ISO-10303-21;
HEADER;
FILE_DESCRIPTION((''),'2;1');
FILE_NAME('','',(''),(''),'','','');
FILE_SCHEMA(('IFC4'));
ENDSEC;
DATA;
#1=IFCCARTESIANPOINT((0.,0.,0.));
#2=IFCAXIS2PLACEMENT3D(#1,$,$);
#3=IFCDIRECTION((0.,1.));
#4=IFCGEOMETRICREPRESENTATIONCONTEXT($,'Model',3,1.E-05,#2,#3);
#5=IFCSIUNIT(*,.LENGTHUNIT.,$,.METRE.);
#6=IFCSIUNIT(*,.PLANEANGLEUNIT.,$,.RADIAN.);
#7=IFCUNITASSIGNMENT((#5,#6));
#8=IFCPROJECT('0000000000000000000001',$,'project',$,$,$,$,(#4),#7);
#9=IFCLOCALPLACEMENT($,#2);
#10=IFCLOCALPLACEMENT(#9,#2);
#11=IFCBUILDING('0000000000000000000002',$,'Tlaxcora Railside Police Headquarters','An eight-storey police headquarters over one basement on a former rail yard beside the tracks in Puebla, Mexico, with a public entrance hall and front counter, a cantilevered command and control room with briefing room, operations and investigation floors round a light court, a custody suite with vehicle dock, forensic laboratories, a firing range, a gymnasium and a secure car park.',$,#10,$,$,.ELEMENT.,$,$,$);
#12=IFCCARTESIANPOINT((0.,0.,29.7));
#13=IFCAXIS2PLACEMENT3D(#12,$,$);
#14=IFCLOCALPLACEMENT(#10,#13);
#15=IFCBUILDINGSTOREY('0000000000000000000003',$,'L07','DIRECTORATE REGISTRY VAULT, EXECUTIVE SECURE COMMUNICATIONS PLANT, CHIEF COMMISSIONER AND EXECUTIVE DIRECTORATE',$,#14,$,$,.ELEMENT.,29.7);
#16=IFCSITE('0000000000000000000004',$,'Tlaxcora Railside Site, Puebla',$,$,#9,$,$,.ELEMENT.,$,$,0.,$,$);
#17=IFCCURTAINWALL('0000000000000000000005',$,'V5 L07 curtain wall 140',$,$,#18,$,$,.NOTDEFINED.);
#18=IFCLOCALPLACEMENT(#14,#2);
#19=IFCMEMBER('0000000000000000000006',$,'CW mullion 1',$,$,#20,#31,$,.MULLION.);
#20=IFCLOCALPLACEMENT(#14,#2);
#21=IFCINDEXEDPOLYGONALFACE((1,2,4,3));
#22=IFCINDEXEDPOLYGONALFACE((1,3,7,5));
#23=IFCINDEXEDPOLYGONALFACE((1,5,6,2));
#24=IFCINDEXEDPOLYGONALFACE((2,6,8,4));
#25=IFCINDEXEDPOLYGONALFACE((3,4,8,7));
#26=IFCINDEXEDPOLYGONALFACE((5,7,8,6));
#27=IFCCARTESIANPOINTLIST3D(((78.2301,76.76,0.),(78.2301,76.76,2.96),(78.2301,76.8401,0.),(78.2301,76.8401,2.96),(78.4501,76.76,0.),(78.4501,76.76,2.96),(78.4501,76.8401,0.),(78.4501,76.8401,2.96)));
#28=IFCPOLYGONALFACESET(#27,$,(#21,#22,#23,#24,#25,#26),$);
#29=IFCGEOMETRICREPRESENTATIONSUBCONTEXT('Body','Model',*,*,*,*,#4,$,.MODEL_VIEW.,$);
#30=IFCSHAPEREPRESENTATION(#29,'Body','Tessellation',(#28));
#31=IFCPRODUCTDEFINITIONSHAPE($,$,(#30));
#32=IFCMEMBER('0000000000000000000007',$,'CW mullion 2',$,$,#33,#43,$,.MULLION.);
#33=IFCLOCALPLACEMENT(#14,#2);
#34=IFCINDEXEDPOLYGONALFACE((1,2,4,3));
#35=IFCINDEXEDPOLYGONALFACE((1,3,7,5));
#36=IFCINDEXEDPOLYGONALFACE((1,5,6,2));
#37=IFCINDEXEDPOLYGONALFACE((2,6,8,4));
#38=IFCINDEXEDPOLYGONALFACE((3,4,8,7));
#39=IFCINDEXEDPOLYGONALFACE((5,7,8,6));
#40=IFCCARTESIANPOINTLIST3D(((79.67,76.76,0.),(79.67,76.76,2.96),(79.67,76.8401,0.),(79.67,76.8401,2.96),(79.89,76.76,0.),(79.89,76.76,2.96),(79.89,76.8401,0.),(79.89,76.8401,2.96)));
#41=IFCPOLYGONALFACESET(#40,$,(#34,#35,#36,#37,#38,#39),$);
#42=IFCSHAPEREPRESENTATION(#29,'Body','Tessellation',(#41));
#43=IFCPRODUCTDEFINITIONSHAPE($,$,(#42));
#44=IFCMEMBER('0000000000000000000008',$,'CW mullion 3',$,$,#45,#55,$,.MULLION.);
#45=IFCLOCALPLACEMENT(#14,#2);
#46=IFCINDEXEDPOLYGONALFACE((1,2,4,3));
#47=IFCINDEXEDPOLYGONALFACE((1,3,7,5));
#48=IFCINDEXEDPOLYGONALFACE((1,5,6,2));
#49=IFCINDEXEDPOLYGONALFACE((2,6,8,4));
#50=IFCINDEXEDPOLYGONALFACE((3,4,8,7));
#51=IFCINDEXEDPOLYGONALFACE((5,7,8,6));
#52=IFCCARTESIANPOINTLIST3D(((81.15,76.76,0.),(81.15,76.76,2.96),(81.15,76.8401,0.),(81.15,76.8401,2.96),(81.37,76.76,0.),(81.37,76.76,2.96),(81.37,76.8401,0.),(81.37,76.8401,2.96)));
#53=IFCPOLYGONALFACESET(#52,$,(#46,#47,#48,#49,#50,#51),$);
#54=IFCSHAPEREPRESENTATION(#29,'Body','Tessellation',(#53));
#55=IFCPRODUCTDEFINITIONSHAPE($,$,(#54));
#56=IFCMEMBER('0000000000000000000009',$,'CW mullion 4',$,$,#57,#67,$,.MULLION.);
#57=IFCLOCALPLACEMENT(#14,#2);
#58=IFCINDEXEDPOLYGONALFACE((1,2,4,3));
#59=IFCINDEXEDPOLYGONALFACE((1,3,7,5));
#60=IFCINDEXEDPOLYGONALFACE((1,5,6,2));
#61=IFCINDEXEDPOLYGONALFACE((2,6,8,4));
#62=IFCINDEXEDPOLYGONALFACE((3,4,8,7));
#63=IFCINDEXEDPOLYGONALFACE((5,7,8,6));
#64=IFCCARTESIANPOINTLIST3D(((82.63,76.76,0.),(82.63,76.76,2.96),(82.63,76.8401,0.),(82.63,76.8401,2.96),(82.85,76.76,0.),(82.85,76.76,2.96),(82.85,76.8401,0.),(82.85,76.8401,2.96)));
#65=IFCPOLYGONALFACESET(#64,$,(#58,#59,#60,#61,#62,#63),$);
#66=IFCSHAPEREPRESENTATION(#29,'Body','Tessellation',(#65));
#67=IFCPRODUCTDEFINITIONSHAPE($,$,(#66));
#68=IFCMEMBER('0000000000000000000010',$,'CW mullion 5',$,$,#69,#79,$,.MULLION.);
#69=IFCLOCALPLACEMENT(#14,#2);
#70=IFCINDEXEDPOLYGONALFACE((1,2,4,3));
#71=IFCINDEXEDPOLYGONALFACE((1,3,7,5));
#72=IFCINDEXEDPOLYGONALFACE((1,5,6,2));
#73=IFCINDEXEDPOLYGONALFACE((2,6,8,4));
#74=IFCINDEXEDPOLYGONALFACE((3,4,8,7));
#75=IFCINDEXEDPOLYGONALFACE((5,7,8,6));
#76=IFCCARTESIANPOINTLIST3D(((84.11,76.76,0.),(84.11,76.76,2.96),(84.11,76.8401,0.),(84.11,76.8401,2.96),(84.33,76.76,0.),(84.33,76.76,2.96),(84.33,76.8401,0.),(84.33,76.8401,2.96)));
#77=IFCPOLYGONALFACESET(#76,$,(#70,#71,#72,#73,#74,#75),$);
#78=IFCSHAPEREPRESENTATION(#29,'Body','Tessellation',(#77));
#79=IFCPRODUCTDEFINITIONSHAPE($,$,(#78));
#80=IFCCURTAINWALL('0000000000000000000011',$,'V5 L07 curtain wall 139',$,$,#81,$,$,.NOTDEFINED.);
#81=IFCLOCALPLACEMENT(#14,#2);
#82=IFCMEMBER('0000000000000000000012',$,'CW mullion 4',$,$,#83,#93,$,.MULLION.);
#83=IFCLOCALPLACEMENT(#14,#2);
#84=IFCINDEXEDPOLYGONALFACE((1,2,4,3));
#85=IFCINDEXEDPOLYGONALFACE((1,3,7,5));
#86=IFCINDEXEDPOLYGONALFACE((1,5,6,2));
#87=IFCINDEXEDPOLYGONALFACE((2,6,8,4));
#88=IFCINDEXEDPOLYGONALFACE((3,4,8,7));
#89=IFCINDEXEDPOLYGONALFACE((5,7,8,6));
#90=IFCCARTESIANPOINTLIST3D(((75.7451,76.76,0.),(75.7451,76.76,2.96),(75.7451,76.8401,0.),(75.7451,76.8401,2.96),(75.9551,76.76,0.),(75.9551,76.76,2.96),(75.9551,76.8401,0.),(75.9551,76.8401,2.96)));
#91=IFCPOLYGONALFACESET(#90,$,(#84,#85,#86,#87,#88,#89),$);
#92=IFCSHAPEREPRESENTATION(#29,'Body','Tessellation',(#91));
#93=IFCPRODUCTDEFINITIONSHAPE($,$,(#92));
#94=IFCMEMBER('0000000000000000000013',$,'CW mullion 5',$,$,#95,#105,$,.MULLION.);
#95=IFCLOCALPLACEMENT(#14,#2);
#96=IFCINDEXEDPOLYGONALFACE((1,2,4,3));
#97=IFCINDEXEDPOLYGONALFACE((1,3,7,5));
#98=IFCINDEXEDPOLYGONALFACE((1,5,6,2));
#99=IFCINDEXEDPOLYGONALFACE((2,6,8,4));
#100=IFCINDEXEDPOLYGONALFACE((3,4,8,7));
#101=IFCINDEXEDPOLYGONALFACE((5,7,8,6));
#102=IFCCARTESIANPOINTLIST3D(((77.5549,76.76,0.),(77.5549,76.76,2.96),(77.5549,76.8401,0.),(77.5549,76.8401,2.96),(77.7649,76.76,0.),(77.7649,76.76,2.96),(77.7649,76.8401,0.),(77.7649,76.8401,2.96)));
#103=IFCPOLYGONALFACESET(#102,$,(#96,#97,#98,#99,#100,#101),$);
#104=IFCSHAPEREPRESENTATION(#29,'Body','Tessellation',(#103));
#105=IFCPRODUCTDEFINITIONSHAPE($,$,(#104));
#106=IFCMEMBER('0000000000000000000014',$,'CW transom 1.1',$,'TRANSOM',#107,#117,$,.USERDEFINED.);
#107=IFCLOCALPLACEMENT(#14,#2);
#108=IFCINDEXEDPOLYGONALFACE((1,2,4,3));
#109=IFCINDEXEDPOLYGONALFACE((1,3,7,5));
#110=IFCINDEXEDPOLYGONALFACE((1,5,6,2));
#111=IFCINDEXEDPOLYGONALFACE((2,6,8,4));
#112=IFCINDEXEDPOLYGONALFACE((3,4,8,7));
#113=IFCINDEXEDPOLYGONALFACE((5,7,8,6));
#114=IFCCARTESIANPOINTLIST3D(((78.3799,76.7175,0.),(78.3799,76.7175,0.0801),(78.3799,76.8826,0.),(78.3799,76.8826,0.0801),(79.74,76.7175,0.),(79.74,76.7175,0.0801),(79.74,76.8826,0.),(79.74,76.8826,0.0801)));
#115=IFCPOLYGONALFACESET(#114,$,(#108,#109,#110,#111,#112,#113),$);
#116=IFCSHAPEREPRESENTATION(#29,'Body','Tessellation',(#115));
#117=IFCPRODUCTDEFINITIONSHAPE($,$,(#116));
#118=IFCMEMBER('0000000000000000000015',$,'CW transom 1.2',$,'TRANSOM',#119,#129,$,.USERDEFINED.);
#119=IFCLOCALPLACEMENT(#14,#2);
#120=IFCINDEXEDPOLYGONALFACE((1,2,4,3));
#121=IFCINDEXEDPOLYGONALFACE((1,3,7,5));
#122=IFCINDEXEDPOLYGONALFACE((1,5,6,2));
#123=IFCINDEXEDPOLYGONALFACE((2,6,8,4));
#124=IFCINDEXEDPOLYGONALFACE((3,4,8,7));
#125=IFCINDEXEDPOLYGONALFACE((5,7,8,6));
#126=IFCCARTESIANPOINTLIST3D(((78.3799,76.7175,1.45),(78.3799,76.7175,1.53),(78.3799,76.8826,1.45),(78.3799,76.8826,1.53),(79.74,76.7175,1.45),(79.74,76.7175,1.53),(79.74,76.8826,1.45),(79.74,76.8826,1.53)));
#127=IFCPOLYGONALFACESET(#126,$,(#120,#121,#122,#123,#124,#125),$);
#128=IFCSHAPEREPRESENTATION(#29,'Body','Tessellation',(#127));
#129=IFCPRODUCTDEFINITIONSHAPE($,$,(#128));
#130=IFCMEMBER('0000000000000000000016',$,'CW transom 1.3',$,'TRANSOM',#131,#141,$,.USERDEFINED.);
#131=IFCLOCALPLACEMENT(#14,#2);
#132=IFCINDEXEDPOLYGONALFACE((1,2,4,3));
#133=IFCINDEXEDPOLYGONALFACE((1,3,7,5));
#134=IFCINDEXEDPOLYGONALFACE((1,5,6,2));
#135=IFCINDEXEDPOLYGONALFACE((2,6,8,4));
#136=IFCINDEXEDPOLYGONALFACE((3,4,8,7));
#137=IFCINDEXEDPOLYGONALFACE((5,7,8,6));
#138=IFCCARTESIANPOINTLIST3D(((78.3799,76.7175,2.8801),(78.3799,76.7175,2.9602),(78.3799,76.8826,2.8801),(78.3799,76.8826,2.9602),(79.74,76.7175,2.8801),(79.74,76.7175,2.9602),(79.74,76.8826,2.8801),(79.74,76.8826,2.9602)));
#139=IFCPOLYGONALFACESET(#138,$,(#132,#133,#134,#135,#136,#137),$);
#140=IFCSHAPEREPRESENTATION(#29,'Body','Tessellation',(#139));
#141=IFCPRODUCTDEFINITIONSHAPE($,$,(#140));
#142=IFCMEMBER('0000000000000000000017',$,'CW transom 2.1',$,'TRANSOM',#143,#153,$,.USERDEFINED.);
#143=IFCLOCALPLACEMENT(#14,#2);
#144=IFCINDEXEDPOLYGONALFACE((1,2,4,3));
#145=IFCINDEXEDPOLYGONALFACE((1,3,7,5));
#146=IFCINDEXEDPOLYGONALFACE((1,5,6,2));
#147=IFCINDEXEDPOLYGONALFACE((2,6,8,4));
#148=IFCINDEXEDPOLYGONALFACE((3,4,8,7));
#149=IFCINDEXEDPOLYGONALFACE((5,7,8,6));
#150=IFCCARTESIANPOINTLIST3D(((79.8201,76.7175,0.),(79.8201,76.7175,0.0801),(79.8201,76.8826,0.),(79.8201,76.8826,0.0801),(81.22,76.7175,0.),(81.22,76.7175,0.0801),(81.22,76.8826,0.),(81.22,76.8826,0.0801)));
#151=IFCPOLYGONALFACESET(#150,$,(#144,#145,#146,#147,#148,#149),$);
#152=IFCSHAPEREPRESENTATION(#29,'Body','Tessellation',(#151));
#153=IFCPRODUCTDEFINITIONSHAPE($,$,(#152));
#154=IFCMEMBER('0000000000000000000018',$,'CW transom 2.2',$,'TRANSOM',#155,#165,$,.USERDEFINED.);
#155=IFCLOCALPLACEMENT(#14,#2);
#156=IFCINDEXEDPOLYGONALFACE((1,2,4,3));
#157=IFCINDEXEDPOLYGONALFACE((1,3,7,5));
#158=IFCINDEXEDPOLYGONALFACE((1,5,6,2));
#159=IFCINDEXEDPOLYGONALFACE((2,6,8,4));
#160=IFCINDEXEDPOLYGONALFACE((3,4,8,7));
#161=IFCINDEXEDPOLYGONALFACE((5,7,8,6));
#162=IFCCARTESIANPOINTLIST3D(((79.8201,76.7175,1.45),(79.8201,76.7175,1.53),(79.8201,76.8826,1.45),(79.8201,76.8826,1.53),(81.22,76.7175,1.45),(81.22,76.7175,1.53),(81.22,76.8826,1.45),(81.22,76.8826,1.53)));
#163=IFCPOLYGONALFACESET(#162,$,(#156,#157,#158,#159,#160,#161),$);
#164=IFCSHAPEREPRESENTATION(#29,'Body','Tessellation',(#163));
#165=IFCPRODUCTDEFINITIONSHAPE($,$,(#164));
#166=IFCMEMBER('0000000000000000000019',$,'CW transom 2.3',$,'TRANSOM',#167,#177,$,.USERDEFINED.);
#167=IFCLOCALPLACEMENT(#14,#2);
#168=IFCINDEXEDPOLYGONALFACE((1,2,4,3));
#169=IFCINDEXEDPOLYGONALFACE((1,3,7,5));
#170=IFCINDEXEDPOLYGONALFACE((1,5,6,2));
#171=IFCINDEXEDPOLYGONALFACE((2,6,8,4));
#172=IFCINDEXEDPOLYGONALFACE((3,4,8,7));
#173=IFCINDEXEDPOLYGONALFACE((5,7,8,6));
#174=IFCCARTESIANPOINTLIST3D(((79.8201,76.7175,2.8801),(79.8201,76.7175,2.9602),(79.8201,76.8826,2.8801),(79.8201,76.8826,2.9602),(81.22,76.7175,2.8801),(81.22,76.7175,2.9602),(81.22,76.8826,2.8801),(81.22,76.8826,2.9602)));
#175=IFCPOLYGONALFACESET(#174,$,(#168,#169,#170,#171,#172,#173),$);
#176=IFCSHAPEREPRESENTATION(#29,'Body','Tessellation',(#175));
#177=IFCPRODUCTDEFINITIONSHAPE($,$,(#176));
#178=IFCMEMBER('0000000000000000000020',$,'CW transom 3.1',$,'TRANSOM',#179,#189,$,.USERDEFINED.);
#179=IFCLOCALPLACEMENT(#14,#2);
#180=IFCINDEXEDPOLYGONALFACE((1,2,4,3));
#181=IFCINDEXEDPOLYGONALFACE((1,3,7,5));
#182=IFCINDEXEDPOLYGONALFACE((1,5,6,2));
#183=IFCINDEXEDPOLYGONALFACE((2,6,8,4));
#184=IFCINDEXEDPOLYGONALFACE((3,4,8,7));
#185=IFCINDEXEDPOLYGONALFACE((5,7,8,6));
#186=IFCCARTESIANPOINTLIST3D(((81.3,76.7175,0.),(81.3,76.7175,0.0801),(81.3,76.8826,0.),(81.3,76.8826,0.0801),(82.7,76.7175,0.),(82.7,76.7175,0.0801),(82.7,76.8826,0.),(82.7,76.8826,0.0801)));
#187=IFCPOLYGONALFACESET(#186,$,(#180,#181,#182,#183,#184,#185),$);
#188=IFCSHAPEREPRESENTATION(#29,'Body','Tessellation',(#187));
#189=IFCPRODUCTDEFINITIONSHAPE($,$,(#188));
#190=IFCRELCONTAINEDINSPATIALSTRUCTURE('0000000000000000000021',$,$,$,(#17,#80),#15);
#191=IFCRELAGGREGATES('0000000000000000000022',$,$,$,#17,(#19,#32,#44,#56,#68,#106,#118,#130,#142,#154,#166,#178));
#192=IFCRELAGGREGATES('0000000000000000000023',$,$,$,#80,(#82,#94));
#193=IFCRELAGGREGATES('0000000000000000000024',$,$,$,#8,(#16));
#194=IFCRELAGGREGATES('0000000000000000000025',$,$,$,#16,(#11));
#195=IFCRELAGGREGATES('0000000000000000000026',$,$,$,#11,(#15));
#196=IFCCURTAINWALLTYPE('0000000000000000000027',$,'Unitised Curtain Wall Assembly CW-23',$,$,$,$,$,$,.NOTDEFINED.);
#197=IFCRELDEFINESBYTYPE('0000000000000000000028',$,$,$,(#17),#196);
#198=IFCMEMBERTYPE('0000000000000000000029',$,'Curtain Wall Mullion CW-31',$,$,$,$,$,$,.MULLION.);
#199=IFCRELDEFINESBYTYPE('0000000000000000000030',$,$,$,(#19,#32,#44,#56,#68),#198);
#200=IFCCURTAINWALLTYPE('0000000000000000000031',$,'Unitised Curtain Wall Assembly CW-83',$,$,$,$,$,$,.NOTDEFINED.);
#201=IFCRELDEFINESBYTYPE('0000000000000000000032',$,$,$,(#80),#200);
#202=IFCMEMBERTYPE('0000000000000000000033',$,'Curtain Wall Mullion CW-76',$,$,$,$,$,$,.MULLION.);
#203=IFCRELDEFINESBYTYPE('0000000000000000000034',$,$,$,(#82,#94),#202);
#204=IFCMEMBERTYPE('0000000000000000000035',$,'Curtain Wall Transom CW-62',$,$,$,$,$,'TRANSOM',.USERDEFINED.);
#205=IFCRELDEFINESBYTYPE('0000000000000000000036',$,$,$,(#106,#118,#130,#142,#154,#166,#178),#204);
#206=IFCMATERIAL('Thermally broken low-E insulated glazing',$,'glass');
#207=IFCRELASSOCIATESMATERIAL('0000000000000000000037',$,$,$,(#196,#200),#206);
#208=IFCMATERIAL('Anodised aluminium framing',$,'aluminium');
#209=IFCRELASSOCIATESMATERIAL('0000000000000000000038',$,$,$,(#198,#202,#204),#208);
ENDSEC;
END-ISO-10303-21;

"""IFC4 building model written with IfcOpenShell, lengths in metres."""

from ifc_helpers import new_model, si_unit, direction, frame, origin, origin_2d, place, context, subcontext, project, spatial, rectangle, extrude, material, material_profile, profile_set, type_object, element, aggregate, save


model = new_model("IFC4")

# Units and contexts
model_context = context("Model", 3, precision=1e-05, world=origin(), true_north=direction((0.0, 1.0)))
body_context = subcontext(model_context, "Body", "Model", "MODEL_VIEW")
ifc_project = project(units=[si_unit("LENGTHUNIT", "METRE"), si_unit("PLANEANGLEUNIT", "RADIAN")], contexts=[model_context])

# Site, building, storey
site_placement = place(None, origin())
site = spatial("IfcSite", under=ifc_project, at=site_placement, Name="Tlaxcora Railside Site, Puebla", CompositionType="ELEMENT", RefElevation=0.0)
building_placement = place(site_placement, origin())
building = spatial("IfcBuilding", under=site, at=building_placement, Name="Tlaxcora Railside Police Headquarters", Description="An eight-storey police headquarters over one basement on a former rail yard beside the tracks in Puebla, Mexico, with a public entrance hall and front counter, a cantilevered command and control room with briefing room, operations and investigation floors round a light court, a custody suite with vehicle dock, forensic laboratories, a firing range, a gymnasium and a secure car park.", CompositionType="ELEMENT")
storey_placement = place(building_placement, frame((0.0, 0.0, 29.7)))
storey = spatial("IfcBuildingStorey", under=building, at=storey_placement, Name="L07", Description="DIRECTORATE REGISTRY VAULT, EXECUTIVE SECURE COMMUNICATIONS PLANT, CHIEF COMMISSIONER AND EXECUTIVE DIRECTORATE", CompositionType="ELEMENT", Elevation=29.7)

# Curtain walls, members
ifc_material_1 = material(Name="Thermally broken low-E insulated glazing", Category="glass")
curtain_wall_type_1 = type_object("IfcCurtainWallType", Name="Unitised Curtain Wall Assembly CW-23", PredefinedType="NOTDEFINED", material=ifc_material_1)
curtain_wall_1_placement = place(storey_placement, origin())
curtain_wall_1 = element("IfcCurtainWall", 1, at=curtain_wall_1_placement, inside=storey, type_object=curtain_wall_type_1, Name="V5 L07 curtain wall 140", PredefinedType="NOTDEFINED")
ifc_material_2 = material(Name="Anodised aluminium framing", Category="aluminium")
ifc_material_profile_1 = material_profile(ifc_material_2, rectangle(XDim=0.0801, YDim=0.22, at=origin_2d()), Name="AL80X220")
ifc_profile_set_1 = profile_set([ifc_material_profile_1], Name="Anodised aluminium framing")
member_type_1 = type_object("IfcMemberType", Name="Curtain Wall Mullion CW-31", PredefinedType="MULLION", material=ifc_profile_set_1)
member_1_placement = place(storey_placement, frame((78.3401, 76.8, 0.0), z_axis=(0.0, 0.0, 1.0), x_axis=(0.0, 1.0, 0.0)))
member_1 = element("IfcMember", 2, at=member_1_placement, type_object=member_type_1, Name="CW mullion 1", PredefinedType="MULLION", context=body_context, shape_type="SweptSolid", body=[
    extrude(rectangle(XDim=0.0801, YDim=0.22, at=origin_2d()), origin(), (0.0, 0.0, 1.0), 2.96),
])
member_2_placement = place(storey_placement, frame((79.78, 76.8, 0.0), z_axis=(0.0, 0.0, 1.0), x_axis=(0.0, 1.0, 0.0)))
member_2 = element("IfcMember", 3, at=member_2_placement, type_object=member_type_1, Name="CW mullion 2", PredefinedType="MULLION", context=body_context, shape_type="SweptSolid", body=[
    extrude(rectangle(XDim=0.0801, YDim=0.22, at=origin_2d()), origin(), (0.0, 0.0, 1.0), 2.96),
])
member_3_placement = place(storey_placement, frame((81.26, 76.8, 0.0), z_axis=(0.0, 0.0, 1.0), x_axis=(0.0, 1.0, 0.0)))
member_3 = element("IfcMember", 4, at=member_3_placement, type_object=member_type_1, Name="CW mullion 3", PredefinedType="MULLION", context=body_context, shape_type="SweptSolid", body=[
    extrude(rectangle(XDim=0.0801, YDim=0.22, at=origin_2d()), origin(), (0.0, 0.0, 1.0), 2.96),
])
member_4_placement = place(storey_placement, frame((82.74, 76.8, 0.0), z_axis=(0.0, 0.0, 1.0), x_axis=(0.0, 1.0, 0.0)))
member_4 = element("IfcMember", 5, at=member_4_placement, type_object=member_type_1, Name="CW mullion 4", PredefinedType="MULLION", context=body_context, shape_type="SweptSolid", body=[
    extrude(rectangle(XDim=0.0801, YDim=0.22, at=origin_2d()), origin(), (0.0, 0.0, 1.0), 2.96),
])
member_5_placement = place(storey_placement, frame((84.22, 76.8, 0.0), z_axis=(0.0, 0.0, 1.0), x_axis=(0.0, 1.0, 0.0)))
member_5 = element("IfcMember", 6, at=member_5_placement, type_object=member_type_1, Name="CW mullion 5", PredefinedType="MULLION", context=body_context, shape_type="SweptSolid", body=[
    extrude(rectangle(XDim=0.0801, YDim=0.22, at=origin_2d()), origin(), (0.0, 0.0, 1.0), 2.96),
])
curtain_wall_type_2 = type_object("IfcCurtainWallType", Name="Unitised Curtain Wall Assembly CW-83", PredefinedType="NOTDEFINED", material=ifc_material_1)
curtain_wall_2_placement = place(storey_placement, origin())
curtain_wall_2 = element("IfcCurtainWall", 7, at=curtain_wall_2_placement, inside=storey, type_object=curtain_wall_type_2, Name="V5 L07 curtain wall 139", PredefinedType="NOTDEFINED")
ifc_material_profile_2 = material_profile(ifc_material_2, rectangle(XDim=0.0801, YDim=0.21, at=origin_2d()), Name="AL80X210")
ifc_profile_set_2 = profile_set([ifc_material_profile_2], Name="Anodised aluminium framing")
member_type_2 = type_object("IfcMemberType", Name="Curtain Wall Mullion CW-76", PredefinedType="MULLION", material=ifc_profile_set_2)
member_6_placement = place(storey_placement, frame((75.8501, 76.8, 0.0), z_axis=(0.0, 0.0, 1.0), x_axis=(0.0, 1.0, 0.0)))
member_6 = element("IfcMember", 8, at=member_6_placement, type_object=member_type_2, Name="CW mullion 4", PredefinedType="MULLION", context=body_context, shape_type="SweptSolid", body=[
    extrude(rectangle(XDim=0.0801, YDim=0.21, at=origin_2d()), origin(), (0.0, 0.0, 1.0), 2.96),
])
member_7_placement = place(storey_placement, frame((77.6599, 76.8, 0.0), z_axis=(0.0, 0.0, 1.0), x_axis=(0.0, 1.0, 0.0)))
member_7 = element("IfcMember", 9, at=member_7_placement, type_object=member_type_2, Name="CW mullion 5", PredefinedType="MULLION", context=body_context, shape_type="SweptSolid", body=[
    extrude(rectangle(XDim=0.0801, YDim=0.21, at=origin_2d()), origin(), (0.0, 0.0, 1.0), 2.96),
])

# Members
ifc_material_profile_3 = material_profile(ifc_material_2, rectangle(XDim=0.165, YDim=0.0801, at=origin_2d()), Name="AL80X165")
ifc_profile_set_3 = profile_set([ifc_material_profile_3], Name="Anodised aluminium framing")
member_type_3 = type_object("IfcMemberType", Name="Curtain Wall Transom CW-62", ElementType="TRANSOM", PredefinedType="USERDEFINED", material=ifc_profile_set_3)
member_8_placement = place(storey_placement, frame((78.3799, 76.8, 0.04), z_axis=(1.0, 0.0, 0.0), x_axis=(0.0, 1.0, 0.0)))
member_8 = element("IfcMember", 10, at=member_8_placement, type_object=member_type_3, Name="CW transom 1.1", ObjectType="TRANSOM", PredefinedType="USERDEFINED", context=body_context, shape_type="SweptSolid", body=[
    extrude(rectangle(XDim=0.165, YDim=0.0801, at=origin_2d()), origin(), (0.0, 0.0, 1.0), 1.3601),
])
member_9_placement = place(storey_placement, frame((78.3799, 76.8, 1.49), z_axis=(1.0, 0.0, 0.0), x_axis=(0.0, 1.0, 0.0)))
member_9 = element("IfcMember", 11, at=member_9_placement, type_object=member_type_3, Name="CW transom 1.2", ObjectType="TRANSOM", PredefinedType="USERDEFINED", context=body_context, shape_type="SweptSolid", body=[
    extrude(rectangle(XDim=0.165, YDim=0.0801, at=origin_2d()), origin(), (0.0, 0.0, 1.0), 1.3601),
])
member_10_placement = place(storey_placement, frame((78.3799, 76.8, 2.9202), z_axis=(1.0, 0.0, 0.0), x_axis=(0.0, 1.0, 0.0)))
member_10 = element("IfcMember", 12, at=member_10_placement, type_object=member_type_3, Name="CW transom 1.3", ObjectType="TRANSOM", PredefinedType="USERDEFINED", context=body_context, shape_type="SweptSolid", body=[
    extrude(rectangle(XDim=0.165, YDim=0.0801, at=origin_2d()), origin(), (0.0, 0.0, 1.0), 1.3601),
])
member_11_placement = place(storey_placement, frame((79.8201, 76.8, 0.04), z_axis=(1.0, 0.0, 0.0), x_axis=(0.0, 1.0, 0.0)))
member_11 = element("IfcMember", 13, at=member_11_placement, type_object=member_type_3, Name="CW transom 2.1", ObjectType="TRANSOM", PredefinedType="USERDEFINED", context=body_context, shape_type="SweptSolid", body=[
    extrude(rectangle(XDim=0.165, YDim=0.0801, at=origin_2d()), origin(), (0.0, 0.0, 1.0), 1.3999),
])
member_12_placement = place(storey_placement, frame((79.8201, 76.8, 1.49), z_axis=(1.0, 0.0, 0.0), x_axis=(0.0, 1.0, 0.0)))
member_12 = element("IfcMember", 14, at=member_12_placement, type_object=member_type_3, Name="CW transom 2.2", ObjectType="TRANSOM", PredefinedType="USERDEFINED", context=body_context, shape_type="SweptSolid", body=[
    extrude(rectangle(XDim=0.165, YDim=0.0801, at=origin_2d()), origin(), (0.0, 0.0, 1.0), 1.3999),
])
member_13_placement = place(storey_placement, frame((79.8201, 76.8, 2.9202), z_axis=(1.0, 0.0, 0.0), x_axis=(0.0, 1.0, 0.0)))
member_13 = element("IfcMember", 15, at=member_13_placement, type_object=member_type_3, Name="CW transom 2.3", ObjectType="TRANSOM", PredefinedType="USERDEFINED", context=body_context, shape_type="SweptSolid", body=[
    extrude(rectangle(XDim=0.165, YDim=0.0801, at=origin_2d()), origin(), (0.0, 0.0, 1.0), 1.3999),
])
member_14_placement = place(storey_placement, frame((81.3, 76.8, 0.04), z_axis=(1.0, 0.0, 0.0), x_axis=(0.0, 1.0, 0.0)))
member_14 = element("IfcMember", 16, at=member_14_placement, type_object=member_type_3, Name="CW transom 3.1", ObjectType="TRANSOM", PredefinedType="USERDEFINED", context=body_context, shape_type="SweptSolid", body=[
    extrude(rectangle(XDim=0.165, YDim=0.0801, at=origin_2d()), origin(), (0.0, 0.0, 1.0), 1.3999),
])

aggregate(curtain_wall_1, [member_1, member_2, member_3, member_4, member_5, member_8, member_9, member_10, member_11, member_12, member_13, member_14])
aggregate(curtain_wall_2, [member_6, member_7])

save(model, "model.ifc")
